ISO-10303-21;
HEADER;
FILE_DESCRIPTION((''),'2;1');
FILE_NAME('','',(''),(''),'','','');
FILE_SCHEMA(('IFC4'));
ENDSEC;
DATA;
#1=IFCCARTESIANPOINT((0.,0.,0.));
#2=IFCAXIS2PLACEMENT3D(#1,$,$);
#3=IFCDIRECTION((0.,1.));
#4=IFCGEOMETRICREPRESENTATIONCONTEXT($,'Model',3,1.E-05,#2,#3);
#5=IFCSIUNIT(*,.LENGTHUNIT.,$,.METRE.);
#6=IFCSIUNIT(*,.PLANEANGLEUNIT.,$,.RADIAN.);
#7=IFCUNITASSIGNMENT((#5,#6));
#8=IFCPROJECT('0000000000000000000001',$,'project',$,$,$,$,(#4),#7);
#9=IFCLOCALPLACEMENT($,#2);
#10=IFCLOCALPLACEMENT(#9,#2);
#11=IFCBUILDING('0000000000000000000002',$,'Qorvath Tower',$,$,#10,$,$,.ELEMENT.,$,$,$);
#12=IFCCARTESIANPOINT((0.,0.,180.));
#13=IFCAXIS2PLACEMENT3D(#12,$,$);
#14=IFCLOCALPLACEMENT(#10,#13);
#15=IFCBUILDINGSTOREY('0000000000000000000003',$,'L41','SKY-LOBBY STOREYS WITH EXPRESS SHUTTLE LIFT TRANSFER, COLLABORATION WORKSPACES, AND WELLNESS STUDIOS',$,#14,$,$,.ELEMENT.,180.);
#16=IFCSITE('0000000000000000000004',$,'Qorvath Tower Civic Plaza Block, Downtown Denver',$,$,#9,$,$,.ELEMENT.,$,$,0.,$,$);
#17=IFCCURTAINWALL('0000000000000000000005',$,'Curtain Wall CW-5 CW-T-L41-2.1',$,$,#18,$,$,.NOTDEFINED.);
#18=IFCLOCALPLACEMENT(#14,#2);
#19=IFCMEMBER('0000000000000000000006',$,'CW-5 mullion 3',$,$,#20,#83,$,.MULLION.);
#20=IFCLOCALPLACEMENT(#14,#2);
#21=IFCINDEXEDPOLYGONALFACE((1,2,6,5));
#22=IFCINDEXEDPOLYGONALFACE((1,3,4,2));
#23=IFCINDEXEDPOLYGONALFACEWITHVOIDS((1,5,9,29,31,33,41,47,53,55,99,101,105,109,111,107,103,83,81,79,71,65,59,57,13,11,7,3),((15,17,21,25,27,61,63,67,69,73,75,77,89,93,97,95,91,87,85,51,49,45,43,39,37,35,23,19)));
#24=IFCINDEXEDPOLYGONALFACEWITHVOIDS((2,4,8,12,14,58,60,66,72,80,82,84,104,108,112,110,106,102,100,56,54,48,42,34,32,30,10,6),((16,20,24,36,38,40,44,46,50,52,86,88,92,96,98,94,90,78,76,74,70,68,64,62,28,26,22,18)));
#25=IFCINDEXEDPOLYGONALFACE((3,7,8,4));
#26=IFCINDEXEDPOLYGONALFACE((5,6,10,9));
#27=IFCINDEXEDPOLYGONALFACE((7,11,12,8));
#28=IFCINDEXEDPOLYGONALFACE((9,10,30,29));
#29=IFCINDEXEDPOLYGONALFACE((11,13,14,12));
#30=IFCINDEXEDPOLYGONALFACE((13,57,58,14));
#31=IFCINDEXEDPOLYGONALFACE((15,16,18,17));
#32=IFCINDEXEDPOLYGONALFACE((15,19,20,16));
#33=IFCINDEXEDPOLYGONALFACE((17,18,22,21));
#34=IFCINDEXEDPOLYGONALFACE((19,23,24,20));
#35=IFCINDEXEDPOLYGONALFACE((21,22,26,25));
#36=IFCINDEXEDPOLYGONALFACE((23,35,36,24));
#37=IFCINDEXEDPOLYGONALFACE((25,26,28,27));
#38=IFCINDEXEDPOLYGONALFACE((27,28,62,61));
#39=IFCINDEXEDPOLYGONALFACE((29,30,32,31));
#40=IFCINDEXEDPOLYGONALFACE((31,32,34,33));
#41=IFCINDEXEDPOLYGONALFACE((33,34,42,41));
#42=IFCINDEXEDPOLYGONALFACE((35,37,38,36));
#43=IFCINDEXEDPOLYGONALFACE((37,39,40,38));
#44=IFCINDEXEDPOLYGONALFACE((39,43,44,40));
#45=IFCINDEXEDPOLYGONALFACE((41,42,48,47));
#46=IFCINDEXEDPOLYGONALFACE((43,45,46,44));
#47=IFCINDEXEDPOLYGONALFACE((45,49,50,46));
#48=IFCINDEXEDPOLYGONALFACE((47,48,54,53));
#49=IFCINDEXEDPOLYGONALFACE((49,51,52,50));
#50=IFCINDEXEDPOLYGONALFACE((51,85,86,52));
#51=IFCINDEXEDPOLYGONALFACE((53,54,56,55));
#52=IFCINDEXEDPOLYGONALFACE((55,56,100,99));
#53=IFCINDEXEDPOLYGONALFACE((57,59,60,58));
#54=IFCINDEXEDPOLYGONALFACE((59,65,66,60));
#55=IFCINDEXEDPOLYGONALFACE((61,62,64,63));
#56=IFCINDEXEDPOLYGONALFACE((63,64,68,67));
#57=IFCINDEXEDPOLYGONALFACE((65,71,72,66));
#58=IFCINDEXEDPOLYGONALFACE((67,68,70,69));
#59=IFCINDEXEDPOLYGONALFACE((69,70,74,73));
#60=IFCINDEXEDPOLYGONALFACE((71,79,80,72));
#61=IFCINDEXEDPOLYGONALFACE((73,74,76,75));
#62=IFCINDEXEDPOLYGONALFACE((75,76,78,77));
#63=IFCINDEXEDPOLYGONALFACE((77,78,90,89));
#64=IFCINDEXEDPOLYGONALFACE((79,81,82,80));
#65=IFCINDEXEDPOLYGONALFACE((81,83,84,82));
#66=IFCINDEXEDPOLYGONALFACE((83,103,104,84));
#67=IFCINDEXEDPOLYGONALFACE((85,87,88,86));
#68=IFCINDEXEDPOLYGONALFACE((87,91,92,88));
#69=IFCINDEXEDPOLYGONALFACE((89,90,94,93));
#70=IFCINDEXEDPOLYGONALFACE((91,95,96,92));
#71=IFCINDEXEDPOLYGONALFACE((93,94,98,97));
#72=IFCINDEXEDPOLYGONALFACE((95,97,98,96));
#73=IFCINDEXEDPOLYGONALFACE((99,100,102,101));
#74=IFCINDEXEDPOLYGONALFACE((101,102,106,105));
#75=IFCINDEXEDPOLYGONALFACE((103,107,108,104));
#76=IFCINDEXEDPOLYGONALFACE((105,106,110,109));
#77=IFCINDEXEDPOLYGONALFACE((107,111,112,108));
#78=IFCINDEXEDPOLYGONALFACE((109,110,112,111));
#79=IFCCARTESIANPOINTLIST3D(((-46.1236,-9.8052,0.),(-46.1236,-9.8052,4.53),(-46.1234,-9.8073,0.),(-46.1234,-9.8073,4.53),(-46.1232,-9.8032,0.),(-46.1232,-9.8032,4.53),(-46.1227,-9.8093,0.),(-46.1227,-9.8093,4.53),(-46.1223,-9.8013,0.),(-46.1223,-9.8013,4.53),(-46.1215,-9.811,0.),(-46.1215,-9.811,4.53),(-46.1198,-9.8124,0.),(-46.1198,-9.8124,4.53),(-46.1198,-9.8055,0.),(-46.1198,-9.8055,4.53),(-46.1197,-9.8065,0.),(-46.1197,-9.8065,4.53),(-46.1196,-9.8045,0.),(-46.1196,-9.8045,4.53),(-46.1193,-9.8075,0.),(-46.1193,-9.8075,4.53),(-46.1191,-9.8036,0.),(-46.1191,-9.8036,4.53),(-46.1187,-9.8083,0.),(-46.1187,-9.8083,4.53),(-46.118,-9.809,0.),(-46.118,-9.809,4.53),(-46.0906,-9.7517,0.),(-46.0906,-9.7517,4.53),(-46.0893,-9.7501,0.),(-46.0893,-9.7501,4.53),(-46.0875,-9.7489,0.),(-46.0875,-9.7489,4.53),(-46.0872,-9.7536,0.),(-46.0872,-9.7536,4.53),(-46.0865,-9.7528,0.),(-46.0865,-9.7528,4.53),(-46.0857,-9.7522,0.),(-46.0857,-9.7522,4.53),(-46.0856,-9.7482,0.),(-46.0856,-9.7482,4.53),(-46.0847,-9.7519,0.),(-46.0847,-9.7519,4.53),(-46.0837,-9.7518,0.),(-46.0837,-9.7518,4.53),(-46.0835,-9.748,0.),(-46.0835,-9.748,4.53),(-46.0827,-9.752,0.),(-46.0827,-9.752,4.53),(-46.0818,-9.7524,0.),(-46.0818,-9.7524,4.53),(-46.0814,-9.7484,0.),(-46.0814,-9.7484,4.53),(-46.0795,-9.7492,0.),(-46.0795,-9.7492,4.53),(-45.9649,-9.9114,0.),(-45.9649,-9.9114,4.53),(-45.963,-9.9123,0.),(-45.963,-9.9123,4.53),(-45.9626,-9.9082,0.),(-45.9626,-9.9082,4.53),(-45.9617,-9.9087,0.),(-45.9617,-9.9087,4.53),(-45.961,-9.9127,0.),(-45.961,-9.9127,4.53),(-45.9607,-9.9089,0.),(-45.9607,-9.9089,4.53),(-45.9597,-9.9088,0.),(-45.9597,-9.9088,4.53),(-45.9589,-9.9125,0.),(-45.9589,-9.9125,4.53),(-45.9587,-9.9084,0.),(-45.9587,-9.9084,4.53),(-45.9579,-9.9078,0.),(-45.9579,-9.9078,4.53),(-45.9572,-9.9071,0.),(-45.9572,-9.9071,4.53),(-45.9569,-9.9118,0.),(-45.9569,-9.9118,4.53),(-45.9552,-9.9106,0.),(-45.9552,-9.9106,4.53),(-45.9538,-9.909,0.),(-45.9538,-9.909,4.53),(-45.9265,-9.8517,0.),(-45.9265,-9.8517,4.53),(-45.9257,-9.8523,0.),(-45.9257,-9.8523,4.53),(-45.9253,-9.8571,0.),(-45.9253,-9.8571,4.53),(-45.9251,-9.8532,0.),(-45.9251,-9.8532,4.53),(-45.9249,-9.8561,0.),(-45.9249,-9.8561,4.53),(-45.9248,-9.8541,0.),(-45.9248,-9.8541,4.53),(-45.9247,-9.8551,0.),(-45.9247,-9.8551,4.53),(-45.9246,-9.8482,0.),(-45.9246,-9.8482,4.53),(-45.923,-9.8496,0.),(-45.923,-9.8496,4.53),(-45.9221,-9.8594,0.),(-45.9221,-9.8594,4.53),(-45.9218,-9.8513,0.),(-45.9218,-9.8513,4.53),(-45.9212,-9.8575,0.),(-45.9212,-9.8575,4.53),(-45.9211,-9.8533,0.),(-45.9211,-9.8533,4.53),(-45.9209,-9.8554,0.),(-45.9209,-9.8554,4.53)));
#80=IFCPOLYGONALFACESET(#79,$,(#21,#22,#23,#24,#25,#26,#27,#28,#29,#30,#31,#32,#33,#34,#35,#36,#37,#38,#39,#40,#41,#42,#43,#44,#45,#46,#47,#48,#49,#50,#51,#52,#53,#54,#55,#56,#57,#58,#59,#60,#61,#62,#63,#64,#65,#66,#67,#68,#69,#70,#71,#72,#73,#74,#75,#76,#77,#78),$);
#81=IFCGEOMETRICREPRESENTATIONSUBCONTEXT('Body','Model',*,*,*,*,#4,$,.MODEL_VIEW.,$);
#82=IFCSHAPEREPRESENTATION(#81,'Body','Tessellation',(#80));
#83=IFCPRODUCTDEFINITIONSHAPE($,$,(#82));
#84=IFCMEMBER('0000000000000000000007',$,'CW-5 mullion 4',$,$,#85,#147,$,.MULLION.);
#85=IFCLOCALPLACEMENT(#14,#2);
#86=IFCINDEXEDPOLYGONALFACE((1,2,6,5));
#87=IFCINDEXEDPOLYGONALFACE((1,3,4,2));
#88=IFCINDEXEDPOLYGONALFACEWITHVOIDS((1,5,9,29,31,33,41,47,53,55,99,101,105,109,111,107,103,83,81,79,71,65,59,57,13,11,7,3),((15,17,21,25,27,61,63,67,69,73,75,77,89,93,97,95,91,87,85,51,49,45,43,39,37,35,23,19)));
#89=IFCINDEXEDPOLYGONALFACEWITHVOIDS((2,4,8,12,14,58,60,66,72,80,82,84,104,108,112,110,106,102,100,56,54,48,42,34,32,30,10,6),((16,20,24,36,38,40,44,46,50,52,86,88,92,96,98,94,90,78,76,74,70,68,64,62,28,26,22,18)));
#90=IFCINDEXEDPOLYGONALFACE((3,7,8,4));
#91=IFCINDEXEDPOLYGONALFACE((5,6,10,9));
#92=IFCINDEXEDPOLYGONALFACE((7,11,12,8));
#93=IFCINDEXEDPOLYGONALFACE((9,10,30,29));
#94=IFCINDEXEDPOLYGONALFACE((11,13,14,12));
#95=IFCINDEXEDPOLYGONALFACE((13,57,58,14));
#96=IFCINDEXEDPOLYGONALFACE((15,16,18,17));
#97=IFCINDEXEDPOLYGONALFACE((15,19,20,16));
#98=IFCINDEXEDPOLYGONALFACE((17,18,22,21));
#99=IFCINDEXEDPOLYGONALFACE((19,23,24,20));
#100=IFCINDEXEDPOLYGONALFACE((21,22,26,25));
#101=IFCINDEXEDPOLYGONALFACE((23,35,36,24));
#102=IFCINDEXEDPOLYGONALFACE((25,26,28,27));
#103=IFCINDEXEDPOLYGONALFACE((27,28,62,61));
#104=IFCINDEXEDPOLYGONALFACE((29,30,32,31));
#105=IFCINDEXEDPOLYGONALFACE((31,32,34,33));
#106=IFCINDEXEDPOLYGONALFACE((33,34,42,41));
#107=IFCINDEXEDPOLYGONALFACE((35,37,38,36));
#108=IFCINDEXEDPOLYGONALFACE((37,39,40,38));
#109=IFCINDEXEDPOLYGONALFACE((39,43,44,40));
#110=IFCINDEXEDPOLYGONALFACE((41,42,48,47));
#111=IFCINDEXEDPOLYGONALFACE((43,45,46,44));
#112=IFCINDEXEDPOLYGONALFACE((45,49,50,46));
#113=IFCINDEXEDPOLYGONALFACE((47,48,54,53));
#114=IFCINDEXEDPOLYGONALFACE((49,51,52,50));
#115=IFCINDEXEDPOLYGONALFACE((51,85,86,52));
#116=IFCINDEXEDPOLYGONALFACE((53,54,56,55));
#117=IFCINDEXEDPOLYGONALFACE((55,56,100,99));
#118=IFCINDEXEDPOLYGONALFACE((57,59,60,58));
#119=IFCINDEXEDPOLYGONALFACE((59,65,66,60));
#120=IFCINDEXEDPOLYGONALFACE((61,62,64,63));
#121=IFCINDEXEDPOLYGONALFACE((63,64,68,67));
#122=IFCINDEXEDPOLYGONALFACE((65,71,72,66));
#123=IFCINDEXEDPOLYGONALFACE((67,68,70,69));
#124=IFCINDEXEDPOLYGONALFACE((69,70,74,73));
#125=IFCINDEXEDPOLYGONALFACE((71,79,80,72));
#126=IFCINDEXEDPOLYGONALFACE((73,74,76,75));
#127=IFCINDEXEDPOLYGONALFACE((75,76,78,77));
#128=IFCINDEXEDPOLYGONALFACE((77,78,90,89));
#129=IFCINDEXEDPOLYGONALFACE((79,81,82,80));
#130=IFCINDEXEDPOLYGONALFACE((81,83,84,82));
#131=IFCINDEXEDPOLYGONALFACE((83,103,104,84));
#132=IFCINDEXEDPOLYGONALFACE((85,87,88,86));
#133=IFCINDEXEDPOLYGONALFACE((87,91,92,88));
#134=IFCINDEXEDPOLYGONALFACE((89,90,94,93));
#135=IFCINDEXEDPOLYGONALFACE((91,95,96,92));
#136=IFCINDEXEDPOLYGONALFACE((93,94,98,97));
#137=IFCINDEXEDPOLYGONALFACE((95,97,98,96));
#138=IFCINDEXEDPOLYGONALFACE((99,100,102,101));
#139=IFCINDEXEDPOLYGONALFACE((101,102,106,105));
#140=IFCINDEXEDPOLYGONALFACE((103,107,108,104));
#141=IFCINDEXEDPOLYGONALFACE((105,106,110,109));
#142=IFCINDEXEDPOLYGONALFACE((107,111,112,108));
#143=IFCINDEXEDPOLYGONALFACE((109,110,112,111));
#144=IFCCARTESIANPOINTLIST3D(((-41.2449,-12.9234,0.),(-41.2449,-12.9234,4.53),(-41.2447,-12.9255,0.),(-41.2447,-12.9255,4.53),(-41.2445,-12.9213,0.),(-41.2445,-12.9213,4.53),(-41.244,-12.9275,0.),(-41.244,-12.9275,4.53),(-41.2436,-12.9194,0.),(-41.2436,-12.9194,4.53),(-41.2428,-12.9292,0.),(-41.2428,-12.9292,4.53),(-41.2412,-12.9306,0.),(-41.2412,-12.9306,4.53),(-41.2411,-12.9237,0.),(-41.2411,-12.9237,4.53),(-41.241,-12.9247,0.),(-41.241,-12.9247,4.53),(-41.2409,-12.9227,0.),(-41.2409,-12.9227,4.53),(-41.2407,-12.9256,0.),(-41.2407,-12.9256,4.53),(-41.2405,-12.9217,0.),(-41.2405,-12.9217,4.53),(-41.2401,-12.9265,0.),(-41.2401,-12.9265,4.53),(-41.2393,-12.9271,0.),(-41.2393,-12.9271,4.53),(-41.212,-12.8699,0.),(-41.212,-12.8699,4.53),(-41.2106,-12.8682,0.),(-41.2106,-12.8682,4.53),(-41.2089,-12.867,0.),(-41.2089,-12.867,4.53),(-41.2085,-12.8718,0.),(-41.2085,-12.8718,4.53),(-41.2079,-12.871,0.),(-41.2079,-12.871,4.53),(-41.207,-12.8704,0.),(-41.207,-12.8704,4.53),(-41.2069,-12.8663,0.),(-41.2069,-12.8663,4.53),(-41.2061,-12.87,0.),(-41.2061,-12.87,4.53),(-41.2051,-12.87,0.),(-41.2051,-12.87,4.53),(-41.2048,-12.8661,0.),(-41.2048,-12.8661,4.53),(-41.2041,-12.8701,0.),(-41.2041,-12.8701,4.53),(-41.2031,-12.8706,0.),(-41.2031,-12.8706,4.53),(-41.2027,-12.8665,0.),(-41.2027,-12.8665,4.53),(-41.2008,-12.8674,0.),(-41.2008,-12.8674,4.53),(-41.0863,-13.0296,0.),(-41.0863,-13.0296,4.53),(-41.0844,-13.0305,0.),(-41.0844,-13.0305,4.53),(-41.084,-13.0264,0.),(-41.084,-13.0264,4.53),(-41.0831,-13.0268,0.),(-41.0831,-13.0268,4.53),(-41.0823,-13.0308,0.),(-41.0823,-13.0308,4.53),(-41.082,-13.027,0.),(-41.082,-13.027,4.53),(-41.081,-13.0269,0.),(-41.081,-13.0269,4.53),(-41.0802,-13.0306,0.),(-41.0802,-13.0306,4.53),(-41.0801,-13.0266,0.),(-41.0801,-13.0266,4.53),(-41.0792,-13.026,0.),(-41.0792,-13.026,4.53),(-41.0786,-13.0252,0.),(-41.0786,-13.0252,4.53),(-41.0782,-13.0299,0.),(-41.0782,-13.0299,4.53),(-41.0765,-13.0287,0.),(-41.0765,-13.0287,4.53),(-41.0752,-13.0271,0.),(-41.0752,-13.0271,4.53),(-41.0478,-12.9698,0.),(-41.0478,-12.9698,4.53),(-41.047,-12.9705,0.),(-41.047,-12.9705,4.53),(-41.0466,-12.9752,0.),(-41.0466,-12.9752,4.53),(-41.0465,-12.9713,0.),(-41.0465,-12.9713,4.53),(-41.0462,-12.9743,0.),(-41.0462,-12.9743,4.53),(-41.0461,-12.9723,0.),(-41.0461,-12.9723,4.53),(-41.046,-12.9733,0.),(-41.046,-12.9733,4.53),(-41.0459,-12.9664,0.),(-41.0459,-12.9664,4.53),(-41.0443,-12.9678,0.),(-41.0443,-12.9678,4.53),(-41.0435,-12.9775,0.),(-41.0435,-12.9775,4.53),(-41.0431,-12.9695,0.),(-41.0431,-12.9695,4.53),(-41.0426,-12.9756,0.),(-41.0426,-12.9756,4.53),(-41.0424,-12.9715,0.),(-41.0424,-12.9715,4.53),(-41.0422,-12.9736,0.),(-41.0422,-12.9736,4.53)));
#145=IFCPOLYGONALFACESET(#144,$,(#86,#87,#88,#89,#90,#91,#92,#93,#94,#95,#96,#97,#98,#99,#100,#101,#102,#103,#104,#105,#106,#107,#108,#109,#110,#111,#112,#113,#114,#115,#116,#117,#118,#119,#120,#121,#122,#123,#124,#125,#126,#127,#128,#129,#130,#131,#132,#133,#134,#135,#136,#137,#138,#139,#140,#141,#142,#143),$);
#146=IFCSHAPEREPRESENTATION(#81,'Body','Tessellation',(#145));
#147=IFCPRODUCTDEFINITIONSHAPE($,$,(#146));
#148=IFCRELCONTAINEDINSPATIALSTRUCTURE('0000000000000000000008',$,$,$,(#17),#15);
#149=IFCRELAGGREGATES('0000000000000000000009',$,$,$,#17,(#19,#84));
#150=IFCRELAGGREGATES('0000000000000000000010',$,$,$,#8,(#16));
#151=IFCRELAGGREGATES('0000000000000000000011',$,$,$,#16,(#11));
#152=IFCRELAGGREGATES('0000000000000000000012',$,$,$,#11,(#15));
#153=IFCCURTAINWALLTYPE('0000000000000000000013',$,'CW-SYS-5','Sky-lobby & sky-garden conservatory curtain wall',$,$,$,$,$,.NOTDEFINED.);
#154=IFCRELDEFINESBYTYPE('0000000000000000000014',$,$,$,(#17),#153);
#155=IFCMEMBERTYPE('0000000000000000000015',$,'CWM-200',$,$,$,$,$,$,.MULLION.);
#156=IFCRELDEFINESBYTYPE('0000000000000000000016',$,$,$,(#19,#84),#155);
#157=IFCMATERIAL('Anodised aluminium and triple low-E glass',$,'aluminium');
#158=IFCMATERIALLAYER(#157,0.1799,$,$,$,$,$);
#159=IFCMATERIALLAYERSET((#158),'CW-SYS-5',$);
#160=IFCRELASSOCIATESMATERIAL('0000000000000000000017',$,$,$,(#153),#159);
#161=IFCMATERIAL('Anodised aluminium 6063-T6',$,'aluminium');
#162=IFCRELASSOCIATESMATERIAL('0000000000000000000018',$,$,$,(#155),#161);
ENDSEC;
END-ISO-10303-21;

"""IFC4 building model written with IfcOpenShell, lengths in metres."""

from ifc_helpers import new_model, si_unit, direction, frame, origin, origin_2d, place, context, subcontext, project, spatial, hollow_rectangle, extrude, material, layer, layer_set, material_profile, profile_set, type_object, element, aggregate, save


model = new_model("IFC4")

# Units and contexts
model_context = context("Model", 3, precision=1e-05, world=origin(), true_north=direction((0.0, 1.0)))
body_context = subcontext(model_context, "Body", "Model", "MODEL_VIEW")
ifc_project = project(units=[si_unit("LENGTHUNIT", "METRE"), si_unit("PLANEANGLEUNIT", "RADIAN")], contexts=[model_context])

# Site, building, storey
site_placement = place(None, origin())
site = spatial("IfcSite", under=ifc_project, at=site_placement, Name="Qorvath Tower Civic Plaza Block, Downtown Denver", CompositionType="ELEMENT", RefElevation=0.0)
building_placement = place(site_placement, origin())
building = spatial("IfcBuilding", under=site, at=building_placement, Name="Qorvath Tower", CompositionType="ELEMENT")
storey_placement = place(building_placement, frame((0.0, 0.0, 180.0)))
storey = spatial("IfcBuildingStorey", under=building, at=storey_placement, Name="L41", Description="SKY-LOBBY STOREYS WITH EXPRESS SHUTTLE LIFT TRANSFER, COLLABORATION WORKSPACES, AND WELLNESS STUDIOS", CompositionType="ELEMENT", Elevation=180.0)

# Curtain wall, members
ifc_material_1 = material(Name="Anodised aluminium and triple low-E glass", Category="aluminium")
ifc_layer_1 = layer(ifc_material_1, 0.1799)
ifc_layer_set_1 = layer_set([ifc_layer_1], Name="CW-SYS-5")
curtain_wall_type = type_object("IfcCurtainWallType", Name="CW-SYS-5", Description="Sky-lobby & sky-garden conservatory curtain wall", PredefinedType="NOTDEFINED", material=ifc_layer_set_1)
curtain_wall_placement = place(storey_placement, origin())
curtain_wall = element("IfcCurtainWall", 1, at=curtain_wall_placement, inside=storey, type_object=curtain_wall_type, Name="Curtain Wall CW-5 CW-T-L41-2.1", PredefinedType="NOTDEFINED")
ifc_material_2 = material(Name="Anodised aluminium 6063-T6", Category="aluminium")
ifc_material_profile_1 = material_profile(ifc_material_2, hollow_rectangle(XDim=0.075, YDim=0.2, WallThickness=0.0039, InnerFilletRadius=0.0039, OuterFilletRadius=0.0081, at=origin_2d()), Name="CWM 200x75")
ifc_profile_set_1 = profile_set([ifc_material_profile_1], Name="Anodised aluminium 6063-T6")
member_type_1 = type_object("IfcMemberType", Name="CWM-200", PredefinedType="MULLION", material=ifc_profile_set_1)
member_1_placement = place(storey_placement, frame((-46.0222, -9.8303, 0.0), z_axis=(0.0, 0.0, 1.0), x_axis=(0.538533, 0.842604, 0.0)))
member_1 = element("IfcMember", 2, at=member_1_placement, type_object=member_type_1, Name="CW-5 mullion 3", PredefinedType="MULLION", context=body_context, shape_type="SweptSolid", body=[
    extrude(hollow_rectangle(XDim=0.075, YDim=0.2, WallThickness=0.0039, InnerFilletRadius=0.0039, OuterFilletRadius=0.0081, at=origin_2d()), origin(), (0.0, 0.0, 1.0), 4.53),
])
member_2_placement = place(storey_placement, frame((-41.1436, -12.9485, 0.0), z_axis=(0.0, 0.0, 1.0), x_axis=(0.538533, 0.842604, 0.0)))
member_2 = element("IfcMember", 3, at=member_2_placement, type_object=member_type_1, Name="CW-5 mullion 4", PredefinedType="MULLION", context=body_context, shape_type="SweptSolid", body=[
    extrude(hollow_rectangle(XDim=0.075, YDim=0.2, WallThickness=0.0039, InnerFilletRadius=0.0039, OuterFilletRadius=0.0081, at=origin_2d()), origin(), (0.0, 0.0, 1.0), 4.53),
])
aggregate(curtain_wall, [member_1, member_2])

save(model, "model.ifc")
